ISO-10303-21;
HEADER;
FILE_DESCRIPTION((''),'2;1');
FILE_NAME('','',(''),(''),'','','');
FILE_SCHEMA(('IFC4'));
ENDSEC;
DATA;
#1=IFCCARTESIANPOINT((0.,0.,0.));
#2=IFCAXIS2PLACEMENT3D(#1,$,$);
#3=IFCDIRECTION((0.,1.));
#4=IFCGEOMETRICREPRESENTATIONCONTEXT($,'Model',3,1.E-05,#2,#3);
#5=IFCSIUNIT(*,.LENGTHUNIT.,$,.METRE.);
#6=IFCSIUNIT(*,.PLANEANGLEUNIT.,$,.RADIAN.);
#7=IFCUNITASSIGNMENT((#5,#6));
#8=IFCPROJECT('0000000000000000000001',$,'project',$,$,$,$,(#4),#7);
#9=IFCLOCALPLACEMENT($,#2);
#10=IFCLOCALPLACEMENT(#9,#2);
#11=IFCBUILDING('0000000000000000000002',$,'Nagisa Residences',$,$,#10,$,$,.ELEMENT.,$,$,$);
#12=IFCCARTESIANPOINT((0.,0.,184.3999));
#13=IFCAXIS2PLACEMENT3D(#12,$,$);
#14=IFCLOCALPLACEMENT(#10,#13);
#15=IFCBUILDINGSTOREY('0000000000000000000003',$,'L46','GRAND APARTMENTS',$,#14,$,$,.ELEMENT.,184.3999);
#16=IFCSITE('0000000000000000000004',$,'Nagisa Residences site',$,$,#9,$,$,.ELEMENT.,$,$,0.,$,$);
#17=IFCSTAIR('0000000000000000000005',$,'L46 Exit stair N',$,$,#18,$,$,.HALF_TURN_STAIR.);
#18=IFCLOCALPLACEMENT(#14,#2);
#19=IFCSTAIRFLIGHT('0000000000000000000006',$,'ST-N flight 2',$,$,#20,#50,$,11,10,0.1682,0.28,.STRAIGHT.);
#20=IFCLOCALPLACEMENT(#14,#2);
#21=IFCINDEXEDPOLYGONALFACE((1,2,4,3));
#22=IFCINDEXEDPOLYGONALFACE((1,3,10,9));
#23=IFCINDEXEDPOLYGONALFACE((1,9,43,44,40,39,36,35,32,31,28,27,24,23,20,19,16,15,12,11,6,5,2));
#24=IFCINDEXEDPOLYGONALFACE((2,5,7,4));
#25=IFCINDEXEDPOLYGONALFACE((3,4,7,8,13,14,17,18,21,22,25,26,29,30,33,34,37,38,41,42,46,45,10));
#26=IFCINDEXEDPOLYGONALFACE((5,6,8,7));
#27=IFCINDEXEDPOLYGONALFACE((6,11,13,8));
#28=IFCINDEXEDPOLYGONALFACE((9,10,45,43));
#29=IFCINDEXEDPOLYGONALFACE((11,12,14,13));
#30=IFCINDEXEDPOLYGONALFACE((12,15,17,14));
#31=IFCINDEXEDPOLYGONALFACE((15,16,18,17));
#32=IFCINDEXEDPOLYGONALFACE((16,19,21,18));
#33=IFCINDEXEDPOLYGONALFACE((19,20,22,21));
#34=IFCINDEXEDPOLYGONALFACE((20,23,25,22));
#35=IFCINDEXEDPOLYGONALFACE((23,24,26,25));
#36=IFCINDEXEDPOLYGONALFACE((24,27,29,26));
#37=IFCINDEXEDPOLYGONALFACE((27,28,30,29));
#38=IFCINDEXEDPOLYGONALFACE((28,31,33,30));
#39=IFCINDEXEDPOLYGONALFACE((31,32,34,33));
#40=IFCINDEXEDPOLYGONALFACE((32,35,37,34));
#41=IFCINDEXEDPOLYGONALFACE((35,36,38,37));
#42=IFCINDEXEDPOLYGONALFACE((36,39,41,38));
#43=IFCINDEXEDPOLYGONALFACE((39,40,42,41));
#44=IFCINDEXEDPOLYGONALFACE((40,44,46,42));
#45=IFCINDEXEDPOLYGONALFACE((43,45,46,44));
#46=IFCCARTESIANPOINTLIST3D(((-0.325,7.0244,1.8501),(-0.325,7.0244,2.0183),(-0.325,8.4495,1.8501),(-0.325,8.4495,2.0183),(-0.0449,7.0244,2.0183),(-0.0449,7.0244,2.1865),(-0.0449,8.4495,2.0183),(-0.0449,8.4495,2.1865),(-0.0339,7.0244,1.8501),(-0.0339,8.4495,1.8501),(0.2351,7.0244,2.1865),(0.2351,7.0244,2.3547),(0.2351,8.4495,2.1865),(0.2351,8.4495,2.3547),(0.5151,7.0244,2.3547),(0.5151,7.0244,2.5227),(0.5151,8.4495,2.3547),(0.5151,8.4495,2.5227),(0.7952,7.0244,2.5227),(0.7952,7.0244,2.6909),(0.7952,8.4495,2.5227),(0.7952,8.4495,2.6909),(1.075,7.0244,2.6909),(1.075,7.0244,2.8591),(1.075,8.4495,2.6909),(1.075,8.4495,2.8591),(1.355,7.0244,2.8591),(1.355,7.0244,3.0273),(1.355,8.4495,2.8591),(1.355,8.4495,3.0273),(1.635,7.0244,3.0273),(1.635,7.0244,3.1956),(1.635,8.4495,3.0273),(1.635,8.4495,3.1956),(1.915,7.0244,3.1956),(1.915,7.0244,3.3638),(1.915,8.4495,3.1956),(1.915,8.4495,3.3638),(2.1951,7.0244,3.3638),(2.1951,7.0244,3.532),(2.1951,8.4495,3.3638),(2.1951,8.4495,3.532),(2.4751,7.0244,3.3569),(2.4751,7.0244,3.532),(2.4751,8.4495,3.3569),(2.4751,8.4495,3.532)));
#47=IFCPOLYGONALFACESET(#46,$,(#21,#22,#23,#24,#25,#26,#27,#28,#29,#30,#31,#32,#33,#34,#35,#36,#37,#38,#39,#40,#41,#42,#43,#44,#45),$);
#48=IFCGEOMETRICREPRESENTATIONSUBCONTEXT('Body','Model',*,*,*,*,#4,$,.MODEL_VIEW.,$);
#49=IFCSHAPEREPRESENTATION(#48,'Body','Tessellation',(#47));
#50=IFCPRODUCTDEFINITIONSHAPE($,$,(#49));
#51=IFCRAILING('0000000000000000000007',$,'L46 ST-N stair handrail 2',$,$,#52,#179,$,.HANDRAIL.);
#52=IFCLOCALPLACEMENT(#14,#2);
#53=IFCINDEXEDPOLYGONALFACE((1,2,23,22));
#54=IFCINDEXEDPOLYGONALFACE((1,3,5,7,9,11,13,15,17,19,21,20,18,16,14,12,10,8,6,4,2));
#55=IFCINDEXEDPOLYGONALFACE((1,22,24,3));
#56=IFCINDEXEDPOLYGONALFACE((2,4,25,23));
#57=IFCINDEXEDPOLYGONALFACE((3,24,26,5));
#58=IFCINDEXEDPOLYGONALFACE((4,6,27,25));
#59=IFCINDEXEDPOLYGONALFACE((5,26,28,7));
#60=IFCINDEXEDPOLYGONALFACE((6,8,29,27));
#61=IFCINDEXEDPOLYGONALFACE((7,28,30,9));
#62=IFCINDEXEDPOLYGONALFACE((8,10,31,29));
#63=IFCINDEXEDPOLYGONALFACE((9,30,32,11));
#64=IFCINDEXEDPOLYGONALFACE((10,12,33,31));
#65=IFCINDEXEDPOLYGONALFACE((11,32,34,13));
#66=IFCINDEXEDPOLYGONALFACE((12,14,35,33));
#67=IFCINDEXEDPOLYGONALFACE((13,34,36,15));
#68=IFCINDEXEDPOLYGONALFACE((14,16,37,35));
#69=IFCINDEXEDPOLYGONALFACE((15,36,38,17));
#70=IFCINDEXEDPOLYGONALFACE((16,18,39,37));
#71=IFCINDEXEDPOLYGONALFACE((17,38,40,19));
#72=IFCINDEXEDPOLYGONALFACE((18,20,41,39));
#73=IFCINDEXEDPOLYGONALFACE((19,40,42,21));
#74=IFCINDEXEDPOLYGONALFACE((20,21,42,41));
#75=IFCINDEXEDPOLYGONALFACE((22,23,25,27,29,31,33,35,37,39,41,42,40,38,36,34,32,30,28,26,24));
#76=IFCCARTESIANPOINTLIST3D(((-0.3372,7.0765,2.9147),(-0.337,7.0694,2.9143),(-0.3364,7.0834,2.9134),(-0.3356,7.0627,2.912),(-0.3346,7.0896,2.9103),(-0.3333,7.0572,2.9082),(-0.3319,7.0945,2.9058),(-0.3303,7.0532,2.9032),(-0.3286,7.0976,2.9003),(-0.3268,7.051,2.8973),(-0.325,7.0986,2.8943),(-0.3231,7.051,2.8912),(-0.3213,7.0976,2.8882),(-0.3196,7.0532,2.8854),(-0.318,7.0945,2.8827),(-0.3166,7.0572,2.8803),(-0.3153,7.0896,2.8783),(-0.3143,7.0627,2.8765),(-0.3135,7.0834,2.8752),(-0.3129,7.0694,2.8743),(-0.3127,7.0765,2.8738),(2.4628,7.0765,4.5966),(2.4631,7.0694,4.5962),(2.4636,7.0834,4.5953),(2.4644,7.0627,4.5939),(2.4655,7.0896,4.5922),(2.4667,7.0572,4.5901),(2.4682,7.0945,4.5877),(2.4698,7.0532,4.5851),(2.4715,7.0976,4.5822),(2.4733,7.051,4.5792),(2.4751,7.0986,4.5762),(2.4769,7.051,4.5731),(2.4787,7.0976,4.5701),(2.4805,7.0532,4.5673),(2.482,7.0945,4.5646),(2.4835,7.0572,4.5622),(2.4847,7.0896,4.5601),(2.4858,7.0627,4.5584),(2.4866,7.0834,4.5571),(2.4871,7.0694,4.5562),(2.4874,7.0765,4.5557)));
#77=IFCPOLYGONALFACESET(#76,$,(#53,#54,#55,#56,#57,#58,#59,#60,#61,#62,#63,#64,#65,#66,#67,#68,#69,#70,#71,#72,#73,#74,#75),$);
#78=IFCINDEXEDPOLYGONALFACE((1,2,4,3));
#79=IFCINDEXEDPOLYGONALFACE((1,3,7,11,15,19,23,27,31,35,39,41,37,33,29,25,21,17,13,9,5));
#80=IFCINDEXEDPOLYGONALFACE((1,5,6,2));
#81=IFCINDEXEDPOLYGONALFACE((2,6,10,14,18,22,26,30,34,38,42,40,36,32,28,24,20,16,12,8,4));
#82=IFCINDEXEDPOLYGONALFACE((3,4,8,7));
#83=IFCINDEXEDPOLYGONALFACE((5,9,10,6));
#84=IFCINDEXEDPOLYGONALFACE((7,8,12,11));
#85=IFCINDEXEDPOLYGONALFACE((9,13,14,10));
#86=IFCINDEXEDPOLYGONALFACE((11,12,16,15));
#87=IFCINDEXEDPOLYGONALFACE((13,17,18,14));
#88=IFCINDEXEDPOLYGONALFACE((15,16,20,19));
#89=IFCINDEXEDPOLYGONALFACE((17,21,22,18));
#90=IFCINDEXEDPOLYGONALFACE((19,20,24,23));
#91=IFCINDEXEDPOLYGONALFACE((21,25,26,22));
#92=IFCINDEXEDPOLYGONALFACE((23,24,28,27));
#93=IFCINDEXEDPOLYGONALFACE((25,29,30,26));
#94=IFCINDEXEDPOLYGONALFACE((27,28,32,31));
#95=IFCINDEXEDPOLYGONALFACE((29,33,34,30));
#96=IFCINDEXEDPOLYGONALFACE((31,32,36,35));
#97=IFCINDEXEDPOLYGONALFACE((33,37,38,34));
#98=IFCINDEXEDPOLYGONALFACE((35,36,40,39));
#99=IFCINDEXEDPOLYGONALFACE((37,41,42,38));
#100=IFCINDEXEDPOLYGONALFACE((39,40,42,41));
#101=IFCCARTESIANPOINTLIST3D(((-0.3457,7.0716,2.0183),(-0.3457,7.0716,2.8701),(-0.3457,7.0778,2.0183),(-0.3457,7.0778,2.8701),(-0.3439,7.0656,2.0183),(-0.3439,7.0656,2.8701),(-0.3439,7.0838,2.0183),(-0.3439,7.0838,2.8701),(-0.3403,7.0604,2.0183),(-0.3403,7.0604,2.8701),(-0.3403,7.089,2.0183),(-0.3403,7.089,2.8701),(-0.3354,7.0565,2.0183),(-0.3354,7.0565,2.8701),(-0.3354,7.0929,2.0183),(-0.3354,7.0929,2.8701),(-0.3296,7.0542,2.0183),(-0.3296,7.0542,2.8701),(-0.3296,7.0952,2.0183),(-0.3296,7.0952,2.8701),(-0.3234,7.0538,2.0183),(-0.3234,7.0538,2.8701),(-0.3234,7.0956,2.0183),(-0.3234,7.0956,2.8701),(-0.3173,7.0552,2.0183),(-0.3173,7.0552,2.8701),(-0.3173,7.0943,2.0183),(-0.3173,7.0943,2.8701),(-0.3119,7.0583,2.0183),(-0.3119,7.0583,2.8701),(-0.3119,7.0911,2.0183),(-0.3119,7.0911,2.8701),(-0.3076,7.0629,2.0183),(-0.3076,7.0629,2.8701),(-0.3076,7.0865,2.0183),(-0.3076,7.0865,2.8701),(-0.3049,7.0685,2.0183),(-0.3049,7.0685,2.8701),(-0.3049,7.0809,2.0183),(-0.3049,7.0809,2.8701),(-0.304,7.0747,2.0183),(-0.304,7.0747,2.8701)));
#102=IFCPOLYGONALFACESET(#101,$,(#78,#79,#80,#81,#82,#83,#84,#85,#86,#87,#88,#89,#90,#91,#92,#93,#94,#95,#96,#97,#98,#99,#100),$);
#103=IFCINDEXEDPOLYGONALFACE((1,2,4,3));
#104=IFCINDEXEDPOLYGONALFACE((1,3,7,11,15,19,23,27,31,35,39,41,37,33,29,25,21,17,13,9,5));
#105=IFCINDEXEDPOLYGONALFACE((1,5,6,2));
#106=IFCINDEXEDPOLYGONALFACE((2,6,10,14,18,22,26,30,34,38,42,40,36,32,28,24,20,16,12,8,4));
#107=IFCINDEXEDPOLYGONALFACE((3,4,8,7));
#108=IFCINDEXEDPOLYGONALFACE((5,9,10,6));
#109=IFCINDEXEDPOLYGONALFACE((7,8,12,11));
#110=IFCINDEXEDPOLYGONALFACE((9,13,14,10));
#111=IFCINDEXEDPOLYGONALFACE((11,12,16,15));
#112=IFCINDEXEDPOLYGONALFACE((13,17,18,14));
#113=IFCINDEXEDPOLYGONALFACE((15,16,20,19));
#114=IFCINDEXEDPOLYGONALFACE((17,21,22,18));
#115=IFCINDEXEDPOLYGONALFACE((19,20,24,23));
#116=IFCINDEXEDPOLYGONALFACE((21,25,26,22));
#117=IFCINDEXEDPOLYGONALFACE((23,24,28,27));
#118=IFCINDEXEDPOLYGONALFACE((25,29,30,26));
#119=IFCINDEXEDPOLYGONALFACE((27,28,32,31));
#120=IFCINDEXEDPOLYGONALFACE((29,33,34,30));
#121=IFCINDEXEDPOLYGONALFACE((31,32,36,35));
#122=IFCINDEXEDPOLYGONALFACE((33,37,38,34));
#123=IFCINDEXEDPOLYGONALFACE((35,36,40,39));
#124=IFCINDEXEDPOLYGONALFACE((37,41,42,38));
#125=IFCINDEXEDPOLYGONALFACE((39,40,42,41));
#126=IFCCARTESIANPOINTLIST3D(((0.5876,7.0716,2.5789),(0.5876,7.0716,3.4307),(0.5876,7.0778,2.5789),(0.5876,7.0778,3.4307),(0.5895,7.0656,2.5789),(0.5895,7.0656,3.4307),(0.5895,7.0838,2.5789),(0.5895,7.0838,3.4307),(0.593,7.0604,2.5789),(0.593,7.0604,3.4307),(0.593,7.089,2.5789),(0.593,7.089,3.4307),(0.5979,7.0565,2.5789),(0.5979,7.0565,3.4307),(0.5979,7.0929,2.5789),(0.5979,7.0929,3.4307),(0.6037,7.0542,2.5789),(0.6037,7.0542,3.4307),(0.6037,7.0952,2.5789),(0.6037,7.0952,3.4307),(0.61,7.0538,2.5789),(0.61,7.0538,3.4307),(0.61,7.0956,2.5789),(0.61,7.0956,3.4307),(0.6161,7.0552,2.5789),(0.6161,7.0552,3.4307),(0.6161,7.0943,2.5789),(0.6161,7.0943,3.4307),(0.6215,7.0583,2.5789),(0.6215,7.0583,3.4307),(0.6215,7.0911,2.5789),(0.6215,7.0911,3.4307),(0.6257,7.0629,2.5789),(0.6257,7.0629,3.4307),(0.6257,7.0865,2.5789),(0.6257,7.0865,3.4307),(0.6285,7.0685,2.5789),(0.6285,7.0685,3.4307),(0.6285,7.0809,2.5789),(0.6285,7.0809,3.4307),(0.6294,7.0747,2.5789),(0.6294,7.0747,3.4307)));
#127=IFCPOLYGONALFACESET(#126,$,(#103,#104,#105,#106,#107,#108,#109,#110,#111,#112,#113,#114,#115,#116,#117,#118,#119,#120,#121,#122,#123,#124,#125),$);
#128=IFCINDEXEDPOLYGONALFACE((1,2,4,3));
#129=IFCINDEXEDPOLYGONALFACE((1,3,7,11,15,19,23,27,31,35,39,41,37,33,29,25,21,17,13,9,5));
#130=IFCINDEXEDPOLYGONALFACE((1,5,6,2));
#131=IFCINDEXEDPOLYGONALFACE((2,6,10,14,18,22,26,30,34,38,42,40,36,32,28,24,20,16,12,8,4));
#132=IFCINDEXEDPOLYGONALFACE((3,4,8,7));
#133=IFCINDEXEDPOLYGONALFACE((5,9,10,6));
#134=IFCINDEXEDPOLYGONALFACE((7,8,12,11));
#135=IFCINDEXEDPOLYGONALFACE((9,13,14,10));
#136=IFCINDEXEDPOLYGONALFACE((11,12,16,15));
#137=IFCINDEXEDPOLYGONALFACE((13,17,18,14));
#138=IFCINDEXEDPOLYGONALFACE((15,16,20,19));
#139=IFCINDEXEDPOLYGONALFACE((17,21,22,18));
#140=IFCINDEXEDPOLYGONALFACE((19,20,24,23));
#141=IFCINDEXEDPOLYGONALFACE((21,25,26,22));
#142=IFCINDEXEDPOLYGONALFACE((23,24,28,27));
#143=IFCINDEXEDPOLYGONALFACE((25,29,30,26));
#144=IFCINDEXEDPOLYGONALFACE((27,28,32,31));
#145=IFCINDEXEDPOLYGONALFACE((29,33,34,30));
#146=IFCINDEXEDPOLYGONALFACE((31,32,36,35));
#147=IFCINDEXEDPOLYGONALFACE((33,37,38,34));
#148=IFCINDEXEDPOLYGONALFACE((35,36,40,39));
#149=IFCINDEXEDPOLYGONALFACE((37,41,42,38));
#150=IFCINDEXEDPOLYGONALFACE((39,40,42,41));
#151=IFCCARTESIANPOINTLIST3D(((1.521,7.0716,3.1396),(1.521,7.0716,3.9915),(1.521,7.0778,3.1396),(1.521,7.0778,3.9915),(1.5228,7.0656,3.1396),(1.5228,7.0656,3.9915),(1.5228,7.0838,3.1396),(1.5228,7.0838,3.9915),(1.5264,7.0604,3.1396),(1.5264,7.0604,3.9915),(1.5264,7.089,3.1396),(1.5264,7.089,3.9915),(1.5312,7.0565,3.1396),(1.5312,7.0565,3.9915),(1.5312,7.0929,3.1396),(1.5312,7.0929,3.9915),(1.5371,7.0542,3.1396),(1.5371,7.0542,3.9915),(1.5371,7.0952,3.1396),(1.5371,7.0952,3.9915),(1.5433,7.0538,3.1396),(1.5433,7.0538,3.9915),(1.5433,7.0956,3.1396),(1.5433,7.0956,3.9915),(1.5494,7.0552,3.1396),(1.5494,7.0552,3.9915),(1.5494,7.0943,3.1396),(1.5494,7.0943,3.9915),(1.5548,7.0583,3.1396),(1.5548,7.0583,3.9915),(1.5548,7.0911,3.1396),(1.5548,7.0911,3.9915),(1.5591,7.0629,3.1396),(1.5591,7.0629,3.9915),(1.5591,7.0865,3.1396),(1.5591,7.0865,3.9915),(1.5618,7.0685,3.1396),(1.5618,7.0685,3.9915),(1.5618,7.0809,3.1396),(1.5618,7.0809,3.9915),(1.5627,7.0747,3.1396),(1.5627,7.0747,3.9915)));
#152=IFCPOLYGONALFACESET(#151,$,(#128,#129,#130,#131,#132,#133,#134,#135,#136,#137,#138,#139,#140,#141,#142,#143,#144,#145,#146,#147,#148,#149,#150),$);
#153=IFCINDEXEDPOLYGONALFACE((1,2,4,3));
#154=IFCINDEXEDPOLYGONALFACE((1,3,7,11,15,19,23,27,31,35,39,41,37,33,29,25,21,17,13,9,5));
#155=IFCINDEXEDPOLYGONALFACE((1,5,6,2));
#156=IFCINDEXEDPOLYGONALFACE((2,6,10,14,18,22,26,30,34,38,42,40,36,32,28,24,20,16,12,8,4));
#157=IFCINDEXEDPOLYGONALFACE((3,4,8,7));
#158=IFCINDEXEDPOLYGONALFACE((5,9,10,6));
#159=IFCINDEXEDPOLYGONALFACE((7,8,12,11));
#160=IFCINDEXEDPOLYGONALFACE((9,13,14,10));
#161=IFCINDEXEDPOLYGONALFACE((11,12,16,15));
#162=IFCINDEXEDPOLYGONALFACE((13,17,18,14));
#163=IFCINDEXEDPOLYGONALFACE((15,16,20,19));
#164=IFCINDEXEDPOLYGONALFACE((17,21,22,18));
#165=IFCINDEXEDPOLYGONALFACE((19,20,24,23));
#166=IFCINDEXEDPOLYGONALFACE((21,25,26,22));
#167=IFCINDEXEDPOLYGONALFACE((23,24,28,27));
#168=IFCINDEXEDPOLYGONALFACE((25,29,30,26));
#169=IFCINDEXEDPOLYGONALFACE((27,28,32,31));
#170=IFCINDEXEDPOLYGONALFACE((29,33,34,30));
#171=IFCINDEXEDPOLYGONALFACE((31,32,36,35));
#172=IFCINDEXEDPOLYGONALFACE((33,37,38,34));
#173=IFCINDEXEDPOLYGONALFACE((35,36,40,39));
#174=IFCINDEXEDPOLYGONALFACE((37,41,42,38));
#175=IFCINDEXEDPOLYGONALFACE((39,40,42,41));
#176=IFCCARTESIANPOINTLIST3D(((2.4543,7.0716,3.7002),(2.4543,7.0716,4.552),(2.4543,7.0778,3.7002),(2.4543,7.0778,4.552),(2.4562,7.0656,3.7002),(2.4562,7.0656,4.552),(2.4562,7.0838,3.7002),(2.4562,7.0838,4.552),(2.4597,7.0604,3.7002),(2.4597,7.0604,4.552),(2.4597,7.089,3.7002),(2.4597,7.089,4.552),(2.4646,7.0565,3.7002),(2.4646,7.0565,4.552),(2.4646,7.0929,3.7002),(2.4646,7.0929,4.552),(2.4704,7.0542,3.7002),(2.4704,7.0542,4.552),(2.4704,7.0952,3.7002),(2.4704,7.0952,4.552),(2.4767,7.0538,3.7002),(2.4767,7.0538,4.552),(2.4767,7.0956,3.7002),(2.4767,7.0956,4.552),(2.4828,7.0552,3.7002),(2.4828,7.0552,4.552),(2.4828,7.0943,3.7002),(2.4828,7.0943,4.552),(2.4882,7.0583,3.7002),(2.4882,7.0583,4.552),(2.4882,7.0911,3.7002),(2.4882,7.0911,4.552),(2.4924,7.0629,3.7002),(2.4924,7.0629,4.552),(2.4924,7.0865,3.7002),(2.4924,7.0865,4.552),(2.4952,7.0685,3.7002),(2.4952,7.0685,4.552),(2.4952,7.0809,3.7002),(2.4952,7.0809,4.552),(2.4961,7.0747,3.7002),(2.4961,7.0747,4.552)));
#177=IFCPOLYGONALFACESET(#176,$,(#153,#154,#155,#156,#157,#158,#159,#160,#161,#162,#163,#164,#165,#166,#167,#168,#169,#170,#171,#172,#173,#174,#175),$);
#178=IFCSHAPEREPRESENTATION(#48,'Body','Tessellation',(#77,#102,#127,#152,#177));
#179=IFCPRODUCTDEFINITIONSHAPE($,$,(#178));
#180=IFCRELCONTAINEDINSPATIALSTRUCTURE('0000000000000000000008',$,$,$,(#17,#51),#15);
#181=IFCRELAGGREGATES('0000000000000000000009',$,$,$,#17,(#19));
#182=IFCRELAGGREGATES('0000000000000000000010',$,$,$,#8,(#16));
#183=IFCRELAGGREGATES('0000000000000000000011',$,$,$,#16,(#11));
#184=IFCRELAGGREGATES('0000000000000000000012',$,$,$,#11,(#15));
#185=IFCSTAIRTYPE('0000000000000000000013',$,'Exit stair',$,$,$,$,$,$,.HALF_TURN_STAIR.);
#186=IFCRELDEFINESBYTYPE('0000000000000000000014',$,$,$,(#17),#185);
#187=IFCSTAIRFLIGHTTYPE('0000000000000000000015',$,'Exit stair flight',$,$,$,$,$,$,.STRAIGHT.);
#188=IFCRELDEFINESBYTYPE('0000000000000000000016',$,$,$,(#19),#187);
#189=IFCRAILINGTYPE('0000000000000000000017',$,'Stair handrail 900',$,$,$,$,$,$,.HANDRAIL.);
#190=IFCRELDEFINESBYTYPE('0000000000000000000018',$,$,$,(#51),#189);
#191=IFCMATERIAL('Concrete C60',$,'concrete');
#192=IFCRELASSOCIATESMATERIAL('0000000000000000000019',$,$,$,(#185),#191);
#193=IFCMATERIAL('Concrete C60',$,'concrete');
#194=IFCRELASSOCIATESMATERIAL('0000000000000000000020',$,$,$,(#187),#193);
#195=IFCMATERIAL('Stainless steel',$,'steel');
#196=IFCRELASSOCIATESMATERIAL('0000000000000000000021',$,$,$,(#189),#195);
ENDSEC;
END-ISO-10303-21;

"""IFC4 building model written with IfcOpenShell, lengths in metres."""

from ifc_helpers import new_model, si_unit, direction, frame, origin, origin_2d, place, context, subcontext, project, spatial, polyline, circle, outline, extrude, material, type_object, element, aggregate, save


model = new_model("IFC4")

# Units and contexts
model_context = context("Model", 3, precision=1e-05, world=origin(), true_north=direction((0.0, 1.0)))
body_context = subcontext(model_context, "Body", "Model", "MODEL_VIEW")
ifc_project = project(units=[si_unit("LENGTHUNIT", "METRE"), si_unit("PLANEANGLEUNIT", "RADIAN")], contexts=[model_context])

# Site, building, storey
site_placement = place(None, origin())
site = spatial("IfcSite", under=ifc_project, at=site_placement, Name="Nagisa Residences site", CompositionType="ELEMENT", RefElevation=0.0)
building_placement = place(site_placement, origin())
building = spatial("IfcBuilding", under=site, at=building_placement, Name="Nagisa Residences", CompositionType="ELEMENT")
storey_placement = place(building_placement, frame((0.0, 0.0, 184.3999)))
storey = spatial("IfcBuildingStorey", under=building, at=storey_placement, Name="L46", Description="GRAND APARTMENTS", CompositionType="ELEMENT", Elevation=184.3999)

# Stair
ifc_material_1 = material(Name="Concrete C60", Category="concrete")
stair_type = type_object("IfcStairType", Name="Exit stair", PredefinedType="HALF_TURN_STAIR", material=ifc_material_1)
stair_1_placement = place(storey_placement, origin())
stair_1 = element("IfcStair", 1, at=stair_1_placement, inside=storey, type_object=stair_type, Name="L46 Exit stair N", PredefinedType="HALF_TURN_STAIR")

# Stair flight
ifc_material_2 = material(Name="Concrete C60", Category="concrete")
stair_flight_type = type_object("IfcStairFlightType", Name="Exit stair flight", PredefinedType="STRAIGHT", material=ifc_material_2)
stair_flight_placement = place(storey_placement, frame((-0.325, 7.7371, 1.8501), z_axis=(0.0, 0.0, 1.0), x_axis=(1.0, 0.0, 0.0)))
stair_flight = element("IfcStairFlight", 2, at=stair_flight_placement, type_object=stair_flight_type, Name="ST-N flight 2", NumberOfRisers=11, NumberOfTreads=10, PredefinedType="STRAIGHT", RiserHeight=0.1682, TreadLength=0.28, context=body_context, shape_type="SweptSolid", body=[
    extrude(outline(polyline([(0.0, 0.0), (0.0, 0.1682), (0.28, 0.1682), (0.28, 0.3364), (0.5601, 0.3364), (0.5601, 0.5046), (0.8401, 0.5046), (0.8401, 0.6726), (1.1201, 0.6726), (1.1201, 0.8408), (1.3999, 0.8408), (1.3999, 1.009), (1.6799, 1.009), (1.6799, 1.1772), (1.96, 1.1772), (1.96, 1.3455), (2.24, 1.3455), (2.24, 1.5137), (2.52, 1.5137), (2.52, 1.6819), (2.8, 1.6819), (2.8, 1.8501), (2.8, 1.5068), (0.291, 0.0), (0.0, 0.0)])), frame((0.0, 0.7124, 0.0), z_axis=(0.0, -1.0, 0.0), x_axis=(1.0, 0.0, 0.0)), (0.0, 0.0, 1.0), 1.425),
])
aggregate(stair_1, [stair_flight])

# Railing
ifc_material_3 = material(Name="Stainless steel", Category="steel")
railing_type = type_object("IfcRailingType", Name="Stair handrail 900", PredefinedType="HANDRAIL", material=ifc_material_3)
railing_placement = place(storey_placement, frame((-0.325, 7.0747, 2.0183)))
element("IfcRailing", 3, at=railing_placement, inside=storey, type_object=railing_type, Name="L46 ST-N stair handrail 2", PredefinedType="HANDRAIL", context=body_context, shape_type="SweptSolid", body=[
    extrude(circle(Radius=0.0239, at=origin_2d()), frame((0.0, 0.0, 0.876), z_axis=(0.857242, 0.0, 0.514913), x_axis=(0.0, 1.0, 0.0)), (0.0, 0.0, 1.0), 3.2664),
    extrude(circle(Radius=0.021, at=origin_2d()), origin(), (0.0, 0.0, 1.0), 0.8518),
    extrude(circle(Radius=0.021, at=origin_2d()), frame((0.9333, 0.0, 0.5605)), (0.0, 0.0, 1.0), 0.8518),
    extrude(circle(Radius=0.021, at=origin_2d()), frame((1.8667, 0.0, 1.1213)), (0.0, 0.0, 1.0), 0.8518),
    extrude(circle(Radius=0.021, at=origin_2d()), frame((2.8, 0.0, 1.6819)), (0.0, 0.0, 1.0), 0.8518),
])

save(model, "model.ifc")
